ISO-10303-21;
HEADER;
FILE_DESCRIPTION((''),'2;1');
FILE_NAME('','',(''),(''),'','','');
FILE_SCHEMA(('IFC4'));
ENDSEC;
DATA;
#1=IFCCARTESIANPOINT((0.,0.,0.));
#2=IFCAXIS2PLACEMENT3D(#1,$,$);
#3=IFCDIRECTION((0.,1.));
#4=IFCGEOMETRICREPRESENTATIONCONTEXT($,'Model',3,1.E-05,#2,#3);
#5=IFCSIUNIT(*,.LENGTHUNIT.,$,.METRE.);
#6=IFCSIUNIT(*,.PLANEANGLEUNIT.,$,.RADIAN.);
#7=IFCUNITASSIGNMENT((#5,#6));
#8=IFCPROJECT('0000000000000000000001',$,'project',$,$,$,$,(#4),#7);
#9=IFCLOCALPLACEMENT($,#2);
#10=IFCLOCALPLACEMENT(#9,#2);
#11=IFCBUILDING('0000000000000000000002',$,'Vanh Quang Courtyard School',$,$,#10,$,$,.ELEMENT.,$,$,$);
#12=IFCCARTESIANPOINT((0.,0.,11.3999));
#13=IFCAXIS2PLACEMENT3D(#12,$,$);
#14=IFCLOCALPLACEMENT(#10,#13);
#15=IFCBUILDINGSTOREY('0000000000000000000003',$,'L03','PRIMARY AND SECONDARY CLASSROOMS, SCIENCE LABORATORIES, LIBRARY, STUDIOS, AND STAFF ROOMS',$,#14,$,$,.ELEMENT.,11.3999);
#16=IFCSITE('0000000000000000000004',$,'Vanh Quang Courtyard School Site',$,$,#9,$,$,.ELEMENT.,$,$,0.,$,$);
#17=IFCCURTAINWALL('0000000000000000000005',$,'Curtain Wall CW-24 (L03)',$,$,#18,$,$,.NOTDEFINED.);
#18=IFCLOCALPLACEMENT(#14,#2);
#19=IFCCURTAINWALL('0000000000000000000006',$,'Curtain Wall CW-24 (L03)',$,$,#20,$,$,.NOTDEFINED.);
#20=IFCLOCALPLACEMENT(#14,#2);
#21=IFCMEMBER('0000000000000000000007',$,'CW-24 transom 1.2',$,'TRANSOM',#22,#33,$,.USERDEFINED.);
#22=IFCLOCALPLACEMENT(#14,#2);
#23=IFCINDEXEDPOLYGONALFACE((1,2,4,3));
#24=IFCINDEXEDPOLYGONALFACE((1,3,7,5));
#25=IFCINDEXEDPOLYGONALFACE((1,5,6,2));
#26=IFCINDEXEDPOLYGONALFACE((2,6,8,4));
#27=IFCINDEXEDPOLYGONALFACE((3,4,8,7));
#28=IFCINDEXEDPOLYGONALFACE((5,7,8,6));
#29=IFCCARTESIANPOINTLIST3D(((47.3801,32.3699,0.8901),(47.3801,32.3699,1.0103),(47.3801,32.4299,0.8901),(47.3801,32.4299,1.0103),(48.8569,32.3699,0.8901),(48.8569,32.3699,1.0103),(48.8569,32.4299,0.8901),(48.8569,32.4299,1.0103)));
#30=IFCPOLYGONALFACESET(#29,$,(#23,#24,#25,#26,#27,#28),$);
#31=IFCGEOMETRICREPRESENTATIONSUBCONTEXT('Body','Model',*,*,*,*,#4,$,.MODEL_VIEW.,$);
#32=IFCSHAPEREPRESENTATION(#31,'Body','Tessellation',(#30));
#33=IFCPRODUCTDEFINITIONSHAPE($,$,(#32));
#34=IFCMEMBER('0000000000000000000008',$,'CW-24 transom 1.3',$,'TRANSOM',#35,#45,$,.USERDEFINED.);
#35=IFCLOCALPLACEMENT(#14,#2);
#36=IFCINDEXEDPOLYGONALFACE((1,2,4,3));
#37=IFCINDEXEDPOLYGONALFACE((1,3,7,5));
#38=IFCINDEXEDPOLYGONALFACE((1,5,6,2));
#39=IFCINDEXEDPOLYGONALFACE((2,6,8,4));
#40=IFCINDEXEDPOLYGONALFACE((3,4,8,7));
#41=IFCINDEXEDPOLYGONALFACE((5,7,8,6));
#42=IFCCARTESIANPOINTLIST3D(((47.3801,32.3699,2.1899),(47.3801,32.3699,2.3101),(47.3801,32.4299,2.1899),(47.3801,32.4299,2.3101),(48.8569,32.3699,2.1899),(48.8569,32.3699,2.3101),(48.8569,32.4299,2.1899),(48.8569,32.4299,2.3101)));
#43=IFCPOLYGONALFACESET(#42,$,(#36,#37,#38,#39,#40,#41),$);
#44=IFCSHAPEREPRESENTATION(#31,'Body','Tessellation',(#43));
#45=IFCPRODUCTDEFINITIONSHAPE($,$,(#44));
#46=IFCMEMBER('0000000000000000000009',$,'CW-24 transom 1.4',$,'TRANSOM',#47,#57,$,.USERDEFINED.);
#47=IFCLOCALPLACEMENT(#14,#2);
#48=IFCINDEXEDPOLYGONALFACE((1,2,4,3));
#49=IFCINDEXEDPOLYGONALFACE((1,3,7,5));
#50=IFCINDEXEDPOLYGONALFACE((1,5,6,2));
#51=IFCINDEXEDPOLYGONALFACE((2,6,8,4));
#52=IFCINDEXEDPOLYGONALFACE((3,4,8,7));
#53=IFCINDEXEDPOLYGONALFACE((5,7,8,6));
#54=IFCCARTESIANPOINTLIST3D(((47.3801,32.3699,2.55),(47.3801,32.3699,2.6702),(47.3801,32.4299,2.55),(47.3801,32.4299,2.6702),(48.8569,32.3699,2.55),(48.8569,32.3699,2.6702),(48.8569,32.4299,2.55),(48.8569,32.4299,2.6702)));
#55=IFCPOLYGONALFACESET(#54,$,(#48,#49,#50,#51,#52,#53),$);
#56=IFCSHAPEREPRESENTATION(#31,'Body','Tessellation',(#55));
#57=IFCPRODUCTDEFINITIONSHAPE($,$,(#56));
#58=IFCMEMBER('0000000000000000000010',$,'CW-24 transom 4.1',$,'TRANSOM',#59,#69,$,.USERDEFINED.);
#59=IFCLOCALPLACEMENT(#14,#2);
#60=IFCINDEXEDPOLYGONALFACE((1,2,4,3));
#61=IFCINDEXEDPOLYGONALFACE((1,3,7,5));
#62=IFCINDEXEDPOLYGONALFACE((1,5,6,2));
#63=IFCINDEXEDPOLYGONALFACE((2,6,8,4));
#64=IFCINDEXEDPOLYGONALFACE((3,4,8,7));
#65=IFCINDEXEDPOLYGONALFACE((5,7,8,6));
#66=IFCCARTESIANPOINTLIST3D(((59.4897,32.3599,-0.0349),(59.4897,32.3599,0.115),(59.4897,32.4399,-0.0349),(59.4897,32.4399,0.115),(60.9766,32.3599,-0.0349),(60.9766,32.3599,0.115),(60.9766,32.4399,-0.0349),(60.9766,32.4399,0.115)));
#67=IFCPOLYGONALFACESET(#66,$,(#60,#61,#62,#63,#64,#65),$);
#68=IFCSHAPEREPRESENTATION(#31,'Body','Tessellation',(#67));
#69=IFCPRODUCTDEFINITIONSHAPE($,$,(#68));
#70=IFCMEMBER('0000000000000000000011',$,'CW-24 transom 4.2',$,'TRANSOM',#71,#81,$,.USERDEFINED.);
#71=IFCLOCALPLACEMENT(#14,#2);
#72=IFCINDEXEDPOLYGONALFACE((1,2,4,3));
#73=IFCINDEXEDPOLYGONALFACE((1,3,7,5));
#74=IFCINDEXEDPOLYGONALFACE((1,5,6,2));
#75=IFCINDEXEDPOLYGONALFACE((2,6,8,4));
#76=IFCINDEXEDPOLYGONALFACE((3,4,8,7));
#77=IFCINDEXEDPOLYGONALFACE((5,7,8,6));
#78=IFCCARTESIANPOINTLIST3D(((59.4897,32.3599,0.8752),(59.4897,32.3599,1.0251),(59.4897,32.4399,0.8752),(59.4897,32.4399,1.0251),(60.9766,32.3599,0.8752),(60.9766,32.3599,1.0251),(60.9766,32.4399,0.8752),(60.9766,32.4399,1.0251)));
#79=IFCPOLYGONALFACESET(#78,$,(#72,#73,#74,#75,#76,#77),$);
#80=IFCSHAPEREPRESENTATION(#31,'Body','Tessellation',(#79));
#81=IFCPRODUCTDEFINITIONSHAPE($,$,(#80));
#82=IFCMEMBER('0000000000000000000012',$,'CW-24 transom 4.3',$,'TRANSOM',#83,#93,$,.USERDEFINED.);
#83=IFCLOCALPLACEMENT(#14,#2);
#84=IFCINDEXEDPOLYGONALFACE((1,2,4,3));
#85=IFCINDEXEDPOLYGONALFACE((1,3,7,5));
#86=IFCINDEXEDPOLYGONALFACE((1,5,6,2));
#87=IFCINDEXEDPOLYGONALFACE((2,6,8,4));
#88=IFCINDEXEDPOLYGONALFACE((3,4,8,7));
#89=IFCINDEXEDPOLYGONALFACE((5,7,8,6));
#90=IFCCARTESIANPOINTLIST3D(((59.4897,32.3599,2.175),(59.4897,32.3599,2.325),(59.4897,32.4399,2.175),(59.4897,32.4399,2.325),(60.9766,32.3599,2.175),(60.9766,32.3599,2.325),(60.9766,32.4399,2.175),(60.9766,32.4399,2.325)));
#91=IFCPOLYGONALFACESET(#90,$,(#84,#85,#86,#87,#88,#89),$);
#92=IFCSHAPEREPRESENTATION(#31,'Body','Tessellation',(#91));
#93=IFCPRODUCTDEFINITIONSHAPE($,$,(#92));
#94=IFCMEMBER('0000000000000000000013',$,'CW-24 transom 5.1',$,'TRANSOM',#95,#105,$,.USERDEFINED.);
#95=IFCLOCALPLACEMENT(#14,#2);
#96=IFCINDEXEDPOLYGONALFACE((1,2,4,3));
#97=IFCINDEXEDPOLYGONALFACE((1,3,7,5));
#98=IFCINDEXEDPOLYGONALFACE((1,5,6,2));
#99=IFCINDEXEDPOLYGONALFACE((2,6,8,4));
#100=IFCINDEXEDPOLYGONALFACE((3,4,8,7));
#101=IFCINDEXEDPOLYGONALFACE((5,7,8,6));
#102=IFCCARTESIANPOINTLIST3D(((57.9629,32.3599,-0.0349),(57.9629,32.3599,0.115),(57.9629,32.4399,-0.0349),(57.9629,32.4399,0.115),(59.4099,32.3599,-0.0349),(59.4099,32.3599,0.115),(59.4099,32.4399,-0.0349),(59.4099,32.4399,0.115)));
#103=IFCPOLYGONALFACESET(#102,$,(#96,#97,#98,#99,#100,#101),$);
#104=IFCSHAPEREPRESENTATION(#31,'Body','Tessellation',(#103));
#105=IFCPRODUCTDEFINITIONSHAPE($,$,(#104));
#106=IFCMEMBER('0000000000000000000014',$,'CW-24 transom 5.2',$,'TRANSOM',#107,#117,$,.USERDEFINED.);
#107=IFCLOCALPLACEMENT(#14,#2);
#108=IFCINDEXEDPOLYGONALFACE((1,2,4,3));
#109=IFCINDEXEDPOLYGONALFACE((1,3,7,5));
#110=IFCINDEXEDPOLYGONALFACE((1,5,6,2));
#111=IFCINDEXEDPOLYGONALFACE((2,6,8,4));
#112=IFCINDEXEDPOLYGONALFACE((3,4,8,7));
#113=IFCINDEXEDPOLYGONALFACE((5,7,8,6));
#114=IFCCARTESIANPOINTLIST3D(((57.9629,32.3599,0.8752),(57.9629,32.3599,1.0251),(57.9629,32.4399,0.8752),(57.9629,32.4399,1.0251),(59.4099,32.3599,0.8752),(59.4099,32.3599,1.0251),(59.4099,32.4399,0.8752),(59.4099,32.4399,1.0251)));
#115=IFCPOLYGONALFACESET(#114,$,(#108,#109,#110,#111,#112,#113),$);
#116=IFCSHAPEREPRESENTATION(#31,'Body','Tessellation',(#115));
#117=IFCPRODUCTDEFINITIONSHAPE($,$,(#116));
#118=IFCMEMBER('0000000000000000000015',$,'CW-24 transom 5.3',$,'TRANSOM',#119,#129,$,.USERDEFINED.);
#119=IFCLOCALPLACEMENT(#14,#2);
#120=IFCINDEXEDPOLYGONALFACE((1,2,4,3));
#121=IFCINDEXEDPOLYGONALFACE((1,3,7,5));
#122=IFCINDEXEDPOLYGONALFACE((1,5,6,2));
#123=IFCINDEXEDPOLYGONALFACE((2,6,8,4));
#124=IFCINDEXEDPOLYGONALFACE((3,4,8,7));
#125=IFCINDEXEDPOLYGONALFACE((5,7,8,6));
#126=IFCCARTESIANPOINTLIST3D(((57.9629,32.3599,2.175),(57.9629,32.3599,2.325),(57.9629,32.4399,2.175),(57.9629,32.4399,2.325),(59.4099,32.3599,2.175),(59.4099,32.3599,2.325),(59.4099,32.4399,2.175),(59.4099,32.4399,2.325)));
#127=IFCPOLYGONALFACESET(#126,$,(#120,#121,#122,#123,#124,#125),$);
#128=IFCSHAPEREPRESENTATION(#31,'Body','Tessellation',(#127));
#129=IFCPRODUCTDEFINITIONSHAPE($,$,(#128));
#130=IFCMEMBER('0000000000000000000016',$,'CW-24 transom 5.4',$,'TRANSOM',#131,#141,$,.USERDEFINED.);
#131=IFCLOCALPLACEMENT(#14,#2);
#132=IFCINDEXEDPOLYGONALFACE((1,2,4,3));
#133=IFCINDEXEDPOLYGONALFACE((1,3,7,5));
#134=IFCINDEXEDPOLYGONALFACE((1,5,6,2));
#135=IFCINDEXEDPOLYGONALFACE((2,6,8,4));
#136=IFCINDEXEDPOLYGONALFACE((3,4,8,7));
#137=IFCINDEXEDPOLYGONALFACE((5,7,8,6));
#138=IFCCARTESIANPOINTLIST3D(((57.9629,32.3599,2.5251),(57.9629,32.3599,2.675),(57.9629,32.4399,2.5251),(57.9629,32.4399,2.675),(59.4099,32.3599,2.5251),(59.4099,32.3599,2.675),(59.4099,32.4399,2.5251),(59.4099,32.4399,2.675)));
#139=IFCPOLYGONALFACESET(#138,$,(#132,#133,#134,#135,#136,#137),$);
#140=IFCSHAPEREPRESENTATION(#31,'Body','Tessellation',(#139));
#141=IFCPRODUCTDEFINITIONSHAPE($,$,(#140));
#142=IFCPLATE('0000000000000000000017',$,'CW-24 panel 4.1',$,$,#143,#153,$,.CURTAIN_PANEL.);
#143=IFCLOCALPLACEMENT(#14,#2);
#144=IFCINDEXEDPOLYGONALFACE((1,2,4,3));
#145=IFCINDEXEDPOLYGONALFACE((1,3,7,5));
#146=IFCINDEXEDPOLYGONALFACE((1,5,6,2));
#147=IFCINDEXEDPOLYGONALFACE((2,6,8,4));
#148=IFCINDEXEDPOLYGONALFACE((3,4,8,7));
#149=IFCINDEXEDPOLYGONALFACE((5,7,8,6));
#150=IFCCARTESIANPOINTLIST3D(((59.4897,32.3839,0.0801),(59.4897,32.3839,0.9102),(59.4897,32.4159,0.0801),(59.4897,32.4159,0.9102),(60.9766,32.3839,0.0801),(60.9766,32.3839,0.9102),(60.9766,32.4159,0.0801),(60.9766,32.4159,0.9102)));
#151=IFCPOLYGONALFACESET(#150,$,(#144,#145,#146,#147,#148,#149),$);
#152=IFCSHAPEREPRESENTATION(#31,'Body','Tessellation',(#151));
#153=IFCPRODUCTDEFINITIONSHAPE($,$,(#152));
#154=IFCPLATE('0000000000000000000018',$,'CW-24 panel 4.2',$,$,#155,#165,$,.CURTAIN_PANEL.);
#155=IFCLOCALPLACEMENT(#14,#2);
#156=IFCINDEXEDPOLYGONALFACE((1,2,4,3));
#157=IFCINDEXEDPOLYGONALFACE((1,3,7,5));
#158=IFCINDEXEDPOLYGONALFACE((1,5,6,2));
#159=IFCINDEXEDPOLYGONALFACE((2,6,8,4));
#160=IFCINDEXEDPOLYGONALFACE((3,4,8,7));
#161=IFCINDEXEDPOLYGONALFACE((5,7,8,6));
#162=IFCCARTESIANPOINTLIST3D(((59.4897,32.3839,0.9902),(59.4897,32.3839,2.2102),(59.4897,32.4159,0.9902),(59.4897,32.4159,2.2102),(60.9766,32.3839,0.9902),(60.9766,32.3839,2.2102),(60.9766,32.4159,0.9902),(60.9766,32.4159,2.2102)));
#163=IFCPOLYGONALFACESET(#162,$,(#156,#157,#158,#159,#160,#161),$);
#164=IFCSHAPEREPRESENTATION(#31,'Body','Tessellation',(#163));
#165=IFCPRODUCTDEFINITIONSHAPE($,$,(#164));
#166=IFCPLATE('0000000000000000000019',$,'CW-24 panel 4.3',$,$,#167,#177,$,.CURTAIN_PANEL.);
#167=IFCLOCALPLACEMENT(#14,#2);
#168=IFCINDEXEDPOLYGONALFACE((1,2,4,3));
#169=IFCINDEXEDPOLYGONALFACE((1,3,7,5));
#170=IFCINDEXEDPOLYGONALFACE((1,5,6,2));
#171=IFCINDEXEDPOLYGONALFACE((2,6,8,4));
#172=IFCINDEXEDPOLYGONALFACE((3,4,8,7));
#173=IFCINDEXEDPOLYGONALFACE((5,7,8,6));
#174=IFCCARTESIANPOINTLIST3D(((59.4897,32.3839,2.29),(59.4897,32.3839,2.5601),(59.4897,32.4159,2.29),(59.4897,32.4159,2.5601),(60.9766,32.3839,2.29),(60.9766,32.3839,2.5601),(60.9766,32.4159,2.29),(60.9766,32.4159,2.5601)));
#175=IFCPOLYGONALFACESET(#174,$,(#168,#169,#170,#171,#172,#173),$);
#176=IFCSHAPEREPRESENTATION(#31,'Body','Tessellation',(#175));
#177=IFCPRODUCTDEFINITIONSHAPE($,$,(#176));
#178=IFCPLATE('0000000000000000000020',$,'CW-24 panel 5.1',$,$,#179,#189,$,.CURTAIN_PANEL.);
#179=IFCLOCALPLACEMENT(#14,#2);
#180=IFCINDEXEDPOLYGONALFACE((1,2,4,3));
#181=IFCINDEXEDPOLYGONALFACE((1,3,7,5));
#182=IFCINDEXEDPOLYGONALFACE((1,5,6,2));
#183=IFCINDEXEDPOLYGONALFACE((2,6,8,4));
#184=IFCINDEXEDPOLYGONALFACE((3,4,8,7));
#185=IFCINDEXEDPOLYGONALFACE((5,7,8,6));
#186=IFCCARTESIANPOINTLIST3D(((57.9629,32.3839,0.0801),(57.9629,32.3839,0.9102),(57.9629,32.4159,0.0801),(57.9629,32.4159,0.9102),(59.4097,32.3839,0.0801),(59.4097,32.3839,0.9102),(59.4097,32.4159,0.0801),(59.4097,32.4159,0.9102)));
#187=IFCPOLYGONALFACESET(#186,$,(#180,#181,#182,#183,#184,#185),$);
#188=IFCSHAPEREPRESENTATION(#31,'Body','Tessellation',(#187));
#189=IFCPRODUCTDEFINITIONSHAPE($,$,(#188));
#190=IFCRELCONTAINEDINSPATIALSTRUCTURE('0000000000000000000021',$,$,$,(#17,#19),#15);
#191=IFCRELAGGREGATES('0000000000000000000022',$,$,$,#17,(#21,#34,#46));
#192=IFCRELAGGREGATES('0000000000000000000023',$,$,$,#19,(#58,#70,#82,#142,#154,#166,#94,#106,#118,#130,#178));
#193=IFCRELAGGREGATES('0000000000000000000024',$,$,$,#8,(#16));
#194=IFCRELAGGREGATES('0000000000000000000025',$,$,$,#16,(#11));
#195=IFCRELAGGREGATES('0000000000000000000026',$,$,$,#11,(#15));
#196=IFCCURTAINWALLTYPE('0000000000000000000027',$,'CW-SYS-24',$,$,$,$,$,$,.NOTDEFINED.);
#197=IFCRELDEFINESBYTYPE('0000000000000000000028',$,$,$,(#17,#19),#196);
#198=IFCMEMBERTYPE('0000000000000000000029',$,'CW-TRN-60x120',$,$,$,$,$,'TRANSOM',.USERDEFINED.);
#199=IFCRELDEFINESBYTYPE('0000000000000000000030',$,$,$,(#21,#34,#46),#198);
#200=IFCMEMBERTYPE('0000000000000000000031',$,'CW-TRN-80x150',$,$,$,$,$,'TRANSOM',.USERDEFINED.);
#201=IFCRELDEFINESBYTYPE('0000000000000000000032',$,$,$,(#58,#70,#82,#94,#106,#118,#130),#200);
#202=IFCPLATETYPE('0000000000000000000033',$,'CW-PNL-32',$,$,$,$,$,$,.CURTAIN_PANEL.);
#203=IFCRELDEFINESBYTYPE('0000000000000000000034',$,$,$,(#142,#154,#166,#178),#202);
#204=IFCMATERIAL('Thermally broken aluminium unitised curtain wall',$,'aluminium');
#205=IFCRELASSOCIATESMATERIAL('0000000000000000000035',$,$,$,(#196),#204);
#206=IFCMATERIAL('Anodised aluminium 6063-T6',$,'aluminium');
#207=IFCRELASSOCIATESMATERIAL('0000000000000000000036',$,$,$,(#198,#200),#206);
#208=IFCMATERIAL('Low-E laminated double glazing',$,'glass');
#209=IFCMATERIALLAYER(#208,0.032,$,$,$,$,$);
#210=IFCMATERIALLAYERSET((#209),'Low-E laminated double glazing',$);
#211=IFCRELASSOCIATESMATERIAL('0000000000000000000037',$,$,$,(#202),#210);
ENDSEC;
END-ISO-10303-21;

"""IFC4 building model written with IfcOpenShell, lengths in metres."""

from ifc_helpers import new_model, si_unit, direction, frame, origin, origin_2d, place, context, subcontext, project, spatial, rectangle, extrude, material, layer, layer_set, material_profile, profile_set, type_object, element, aggregate, save


model = new_model("IFC4")

# Units and contexts
model_context = context("Model", 3, precision=1e-05, world=origin(), true_north=direction((0.0, 1.0)))
body_context = subcontext(model_context, "Body", "Model", "MODEL_VIEW")
ifc_project = project(units=[si_unit("LENGTHUNIT", "METRE"), si_unit("PLANEANGLEUNIT", "RADIAN")], contexts=[model_context])

# Site, building, storey
site_placement = place(None, origin())
site = spatial("IfcSite", under=ifc_project, at=site_placement, Name="Vanh Quang Courtyard School Site", CompositionType="ELEMENT", RefElevation=0.0)
building_placement = place(site_placement, origin())
building = spatial("IfcBuilding", under=site, at=building_placement, Name="Vanh Quang Courtyard School", CompositionType="ELEMENT")
storey_placement = place(building_placement, frame((0.0, 0.0, 11.3999)))
storey = spatial("IfcBuildingStorey", under=building, at=storey_placement, Name="L03", Description="PRIMARY AND SECONDARY CLASSROOMS, SCIENCE LABORATORIES, LIBRARY, STUDIOS, AND STAFF ROOMS", CompositionType="ELEMENT", Elevation=11.3999)

# Curtain wall
ifc_material_1 = material(Name="Thermally broken aluminium unitised curtain wall", Category="aluminium")
curtain_wall_type = type_object("IfcCurtainWallType", Name="CW-SYS-24", PredefinedType="NOTDEFINED", material=ifc_material_1)
curtain_wall_1_placement = place(storey_placement, origin())
curtain_wall_1 = element("IfcCurtainWall", 1, at=curtain_wall_1_placement, inside=storey, type_object=curtain_wall_type, Name="Curtain Wall CW-24 (L03)", PredefinedType="NOTDEFINED")
ifc_material_2 = material(Name="Anodised aluminium 6063-T6", Category="aluminium")

# Curtain wall
curtain_wall_2_placement = place(storey_placement, origin())
curtain_wall_2 = element("IfcCurtainWall", 2, at=curtain_wall_2_placement, inside=storey, type_object=curtain_wall_type, Name="Curtain Wall CW-24 (L03)", PredefinedType="NOTDEFINED")

# Members
ifc_material_profile_1 = material_profile(ifc_material_2, rectangle(XDim=0.0601, YDim=0.1201, at=origin_2d()), Name="ALU-TRN 60x120")
ifc_profile_set_1 = profile_set([ifc_material_profile_1], Name="Anodised aluminium 6063-T6")
member_type_1 = type_object("IfcMemberType", Name="CW-TRN-60x120", ElementType="TRANSOM", PredefinedType="USERDEFINED", material=ifc_profile_set_1)
member_1_placement = place(storey_placement, frame((48.8569, 32.3999, 0.9502), z_axis=(-1.0, 0.0, 0.0), x_axis=(0.0, -1.0, 0.0)))
member_1 = element("IfcMember", 3, at=member_1_placement, type_object=member_type_1, Name="CW-24 transom 1.2", ObjectType="TRANSOM", PredefinedType="USERDEFINED", context=body_context, shape_type="SweptSolid", body=[
    extrude(rectangle(XDim=0.0601, YDim=0.1201, at=origin_2d()), origin(), (0.0, 0.0, 1.0), 1.4768),
])
member_2_placement = place(storey_placement, frame((48.8569, 32.3999, 2.25), z_axis=(-1.0, 0.0, 0.0), x_axis=(0.0, -1.0, 0.0)))
member_2 = element("IfcMember", 4, at=member_2_placement, type_object=member_type_1, Name="CW-24 transom 1.3", ObjectType="TRANSOM", PredefinedType="USERDEFINED", context=body_context, shape_type="SweptSolid", body=[
    extrude(rectangle(XDim=0.0601, YDim=0.1201, at=origin_2d()), origin(), (0.0, 0.0, 1.0), 1.4768),
])
member_3_placement = place(storey_placement, frame((48.8569, 32.3999, 2.6101), z_axis=(-1.0, 0.0, 0.0), x_axis=(0.0, -1.0, 0.0)))
member_3 = element("IfcMember", 5, at=member_3_placement, type_object=member_type_1, Name="CW-24 transom 1.4", ObjectType="TRANSOM", PredefinedType="USERDEFINED", context=body_context, shape_type="SweptSolid", body=[
    extrude(rectangle(XDim=0.0601, YDim=0.1201, at=origin_2d()), origin(), (0.0, 0.0, 1.0), 1.4768),
])
aggregate(curtain_wall_1, [member_1, member_2, member_3])
ifc_material_profile_2 = material_profile(ifc_material_2, rectangle(XDim=0.0801, YDim=0.1499, at=origin_2d()), Name="ALU-TRN 80x150")
ifc_profile_set_2 = profile_set([ifc_material_profile_2], Name="Anodised aluminium 6063-T6")
member_type_2 = type_object("IfcMemberType", Name="CW-TRN-80x150", ElementType="TRANSOM", PredefinedType="USERDEFINED", material=ifc_profile_set_2)
member_4_placement = place(storey_placement, frame((60.9766, 32.3999, 0.04), z_axis=(-1.0, 0.0, 0.0), x_axis=(0.0, -1.0, 0.0)))
member_4 = element("IfcMember", 6, at=member_4_placement, type_object=member_type_2, Name="CW-24 transom 4.1", ObjectType="TRANSOM", PredefinedType="USERDEFINED", context=body_context, shape_type="SweptSolid", body=[
    extrude(rectangle(XDim=0.0801, YDim=0.1499, at=origin_2d()), origin(), (0.0, 0.0, 1.0), 1.4868),
])
member_5_placement = place(storey_placement, frame((60.9766, 32.3999, 0.9502), z_axis=(-1.0, 0.0, 0.0), x_axis=(0.0, -1.0, 0.0)))
member_5 = element("IfcMember", 7, at=member_5_placement, type_object=member_type_2, Name="CW-24 transom 4.2", ObjectType="TRANSOM", PredefinedType="USERDEFINED", context=body_context, shape_type="SweptSolid", body=[
    extrude(rectangle(XDim=0.0801, YDim=0.1499, at=origin_2d()), origin(), (0.0, 0.0, 1.0), 1.4868),
])
member_6_placement = place(storey_placement, frame((60.9766, 32.3999, 2.25), z_axis=(-1.0, 0.0, 0.0), x_axis=(0.0, -1.0, 0.0)))
member_6 = element("IfcMember", 8, at=member_6_placement, type_object=member_type_2, Name="CW-24 transom 4.3", ObjectType="TRANSOM", PredefinedType="USERDEFINED", context=body_context, shape_type="SweptSolid", body=[
    extrude(rectangle(XDim=0.0801, YDim=0.1499, at=origin_2d()), origin(), (0.0, 0.0, 1.0), 1.4868),
])
member_7_placement = place(storey_placement, frame((59.4099, 32.3999, 0.04), z_axis=(-1.0, 0.0, 0.0), x_axis=(0.0, -1.0, 0.0)))
member_7 = element("IfcMember", 9, at=member_7_placement, type_object=member_type_2, Name="CW-24 transom 5.1", ObjectType="TRANSOM", PredefinedType="USERDEFINED", context=body_context, shape_type="SweptSolid", body=[
    extrude(rectangle(XDim=0.0801, YDim=0.1499, at=origin_2d()), origin(), (0.0, 0.0, 1.0), 1.447),
])
member_8_placement = place(storey_placement, frame((59.4099, 32.3999, 0.9502), z_axis=(-1.0, 0.0, 0.0), x_axis=(0.0, -1.0, 0.0)))
member_8 = element("IfcMember", 10, at=member_8_placement, type_object=member_type_2, Name="CW-24 transom 5.2", ObjectType="TRANSOM", PredefinedType="USERDEFINED", context=body_context, shape_type="SweptSolid", body=[
    extrude(rectangle(XDim=0.0801, YDim=0.1499, at=origin_2d()), origin(), (0.0, 0.0, 1.0), 1.447),
])
member_9_placement = place(storey_placement, frame((59.4099, 32.3999, 2.25), z_axis=(-1.0, 0.0, 0.0), x_axis=(0.0, -1.0, 0.0)))
member_9 = element("IfcMember", 11, at=member_9_placement, type_object=member_type_2, Name="CW-24 transom 5.3", ObjectType="TRANSOM", PredefinedType="USERDEFINED", context=body_context, shape_type="SweptSolid", body=[
    extrude(rectangle(XDim=0.0801, YDim=0.1499, at=origin_2d()), origin(), (0.0, 0.0, 1.0), 1.447),
])
member_10_placement = place(storey_placement, frame((59.4099, 32.3999, 2.6001), z_axis=(-1.0, 0.0, 0.0), x_axis=(0.0, -1.0, 0.0)))
member_10 = element("IfcMember", 12, at=member_10_placement, type_object=member_type_2, Name="CW-24 transom 5.4", ObjectType="TRANSOM", PredefinedType="USERDEFINED", context=body_context, shape_type="SweptSolid", body=[
    extrude(rectangle(XDim=0.0801, YDim=0.1499, at=origin_2d()), origin(), (0.0, 0.0, 1.0), 1.447),
])

# Plates
ifc_material_3 = material(Name="Low-E laminated double glazing", Category="glass")
ifc_layer_1 = layer(ifc_material_3, 0.032)
ifc_layer_set_1 = layer_set([ifc_layer_1], Name="Low-E laminated double glazing")
plate_type = type_object("IfcPlateType", Name="CW-PNL-32", PredefinedType="CURTAIN_PANEL", material=ifc_layer_set_1)
plate_1_placement = place(storey_placement, frame((60.2332, 32.3999, 0.0801), z_axis=(0.0, 0.0, 1.0), x_axis=(-1.0, 0.0, 0.0)))
plate_1 = element("IfcPlate", 13, at=plate_1_placement, type_object=plate_type, Name="CW-24 panel 4.1", PredefinedType="CURTAIN_PANEL", context=body_context, shape_type="SweptSolid", body=[
    extrude(rectangle(XDim=1.4868, YDim=0.032, at=origin_2d()), origin(), (0.0, 0.0, 1.0), 0.8301),
])
plate_2_placement = place(storey_placement, frame((60.2332, 32.3999, 0.9902), z_axis=(0.0, 0.0, 1.0), x_axis=(-1.0, 0.0, 0.0)))
plate_2 = element("IfcPlate", 14, at=plate_2_placement, type_object=plate_type, Name="CW-24 panel 4.2", PredefinedType="CURTAIN_PANEL", context=body_context, shape_type="SweptSolid", body=[
    extrude(rectangle(XDim=1.4868, YDim=0.032, at=origin_2d()), origin(), (0.0, 0.0, 1.0), 1.22),
])
plate_3_placement = place(storey_placement, frame((60.2332, 32.3999, 2.29), z_axis=(0.0, 0.0, 1.0), x_axis=(-1.0, 0.0, 0.0)))
plate_3 = element("IfcPlate", 15, at=plate_3_placement, type_object=plate_type, Name="CW-24 panel 4.3", PredefinedType="CURTAIN_PANEL", context=body_context, shape_type="SweptSolid", body=[
    extrude(rectangle(XDim=1.4868, YDim=0.032, at=origin_2d()), origin(), (0.0, 0.0, 1.0), 0.27),
])
plate_4_placement = place(storey_placement, frame((58.6863, 32.3999, 0.0801), z_axis=(0.0, 0.0, 1.0), x_axis=(-1.0, 0.0, 0.0)))
plate_4 = element("IfcPlate", 16, at=plate_4_placement, type_object=plate_type, Name="CW-24 panel 5.1", PredefinedType="CURTAIN_PANEL", context=body_context, shape_type="SweptSolid", body=[
    extrude(rectangle(XDim=1.4468, YDim=0.032, at=origin_2d()), origin(), (0.0, 0.0, 1.0), 0.8301),
])
aggregate(curtain_wall_2, [member_4, member_5, member_6, plate_1, plate_2, plate_3, member_7, member_8, member_9, member_10, plate_4])

save(model, "model.ifc")
